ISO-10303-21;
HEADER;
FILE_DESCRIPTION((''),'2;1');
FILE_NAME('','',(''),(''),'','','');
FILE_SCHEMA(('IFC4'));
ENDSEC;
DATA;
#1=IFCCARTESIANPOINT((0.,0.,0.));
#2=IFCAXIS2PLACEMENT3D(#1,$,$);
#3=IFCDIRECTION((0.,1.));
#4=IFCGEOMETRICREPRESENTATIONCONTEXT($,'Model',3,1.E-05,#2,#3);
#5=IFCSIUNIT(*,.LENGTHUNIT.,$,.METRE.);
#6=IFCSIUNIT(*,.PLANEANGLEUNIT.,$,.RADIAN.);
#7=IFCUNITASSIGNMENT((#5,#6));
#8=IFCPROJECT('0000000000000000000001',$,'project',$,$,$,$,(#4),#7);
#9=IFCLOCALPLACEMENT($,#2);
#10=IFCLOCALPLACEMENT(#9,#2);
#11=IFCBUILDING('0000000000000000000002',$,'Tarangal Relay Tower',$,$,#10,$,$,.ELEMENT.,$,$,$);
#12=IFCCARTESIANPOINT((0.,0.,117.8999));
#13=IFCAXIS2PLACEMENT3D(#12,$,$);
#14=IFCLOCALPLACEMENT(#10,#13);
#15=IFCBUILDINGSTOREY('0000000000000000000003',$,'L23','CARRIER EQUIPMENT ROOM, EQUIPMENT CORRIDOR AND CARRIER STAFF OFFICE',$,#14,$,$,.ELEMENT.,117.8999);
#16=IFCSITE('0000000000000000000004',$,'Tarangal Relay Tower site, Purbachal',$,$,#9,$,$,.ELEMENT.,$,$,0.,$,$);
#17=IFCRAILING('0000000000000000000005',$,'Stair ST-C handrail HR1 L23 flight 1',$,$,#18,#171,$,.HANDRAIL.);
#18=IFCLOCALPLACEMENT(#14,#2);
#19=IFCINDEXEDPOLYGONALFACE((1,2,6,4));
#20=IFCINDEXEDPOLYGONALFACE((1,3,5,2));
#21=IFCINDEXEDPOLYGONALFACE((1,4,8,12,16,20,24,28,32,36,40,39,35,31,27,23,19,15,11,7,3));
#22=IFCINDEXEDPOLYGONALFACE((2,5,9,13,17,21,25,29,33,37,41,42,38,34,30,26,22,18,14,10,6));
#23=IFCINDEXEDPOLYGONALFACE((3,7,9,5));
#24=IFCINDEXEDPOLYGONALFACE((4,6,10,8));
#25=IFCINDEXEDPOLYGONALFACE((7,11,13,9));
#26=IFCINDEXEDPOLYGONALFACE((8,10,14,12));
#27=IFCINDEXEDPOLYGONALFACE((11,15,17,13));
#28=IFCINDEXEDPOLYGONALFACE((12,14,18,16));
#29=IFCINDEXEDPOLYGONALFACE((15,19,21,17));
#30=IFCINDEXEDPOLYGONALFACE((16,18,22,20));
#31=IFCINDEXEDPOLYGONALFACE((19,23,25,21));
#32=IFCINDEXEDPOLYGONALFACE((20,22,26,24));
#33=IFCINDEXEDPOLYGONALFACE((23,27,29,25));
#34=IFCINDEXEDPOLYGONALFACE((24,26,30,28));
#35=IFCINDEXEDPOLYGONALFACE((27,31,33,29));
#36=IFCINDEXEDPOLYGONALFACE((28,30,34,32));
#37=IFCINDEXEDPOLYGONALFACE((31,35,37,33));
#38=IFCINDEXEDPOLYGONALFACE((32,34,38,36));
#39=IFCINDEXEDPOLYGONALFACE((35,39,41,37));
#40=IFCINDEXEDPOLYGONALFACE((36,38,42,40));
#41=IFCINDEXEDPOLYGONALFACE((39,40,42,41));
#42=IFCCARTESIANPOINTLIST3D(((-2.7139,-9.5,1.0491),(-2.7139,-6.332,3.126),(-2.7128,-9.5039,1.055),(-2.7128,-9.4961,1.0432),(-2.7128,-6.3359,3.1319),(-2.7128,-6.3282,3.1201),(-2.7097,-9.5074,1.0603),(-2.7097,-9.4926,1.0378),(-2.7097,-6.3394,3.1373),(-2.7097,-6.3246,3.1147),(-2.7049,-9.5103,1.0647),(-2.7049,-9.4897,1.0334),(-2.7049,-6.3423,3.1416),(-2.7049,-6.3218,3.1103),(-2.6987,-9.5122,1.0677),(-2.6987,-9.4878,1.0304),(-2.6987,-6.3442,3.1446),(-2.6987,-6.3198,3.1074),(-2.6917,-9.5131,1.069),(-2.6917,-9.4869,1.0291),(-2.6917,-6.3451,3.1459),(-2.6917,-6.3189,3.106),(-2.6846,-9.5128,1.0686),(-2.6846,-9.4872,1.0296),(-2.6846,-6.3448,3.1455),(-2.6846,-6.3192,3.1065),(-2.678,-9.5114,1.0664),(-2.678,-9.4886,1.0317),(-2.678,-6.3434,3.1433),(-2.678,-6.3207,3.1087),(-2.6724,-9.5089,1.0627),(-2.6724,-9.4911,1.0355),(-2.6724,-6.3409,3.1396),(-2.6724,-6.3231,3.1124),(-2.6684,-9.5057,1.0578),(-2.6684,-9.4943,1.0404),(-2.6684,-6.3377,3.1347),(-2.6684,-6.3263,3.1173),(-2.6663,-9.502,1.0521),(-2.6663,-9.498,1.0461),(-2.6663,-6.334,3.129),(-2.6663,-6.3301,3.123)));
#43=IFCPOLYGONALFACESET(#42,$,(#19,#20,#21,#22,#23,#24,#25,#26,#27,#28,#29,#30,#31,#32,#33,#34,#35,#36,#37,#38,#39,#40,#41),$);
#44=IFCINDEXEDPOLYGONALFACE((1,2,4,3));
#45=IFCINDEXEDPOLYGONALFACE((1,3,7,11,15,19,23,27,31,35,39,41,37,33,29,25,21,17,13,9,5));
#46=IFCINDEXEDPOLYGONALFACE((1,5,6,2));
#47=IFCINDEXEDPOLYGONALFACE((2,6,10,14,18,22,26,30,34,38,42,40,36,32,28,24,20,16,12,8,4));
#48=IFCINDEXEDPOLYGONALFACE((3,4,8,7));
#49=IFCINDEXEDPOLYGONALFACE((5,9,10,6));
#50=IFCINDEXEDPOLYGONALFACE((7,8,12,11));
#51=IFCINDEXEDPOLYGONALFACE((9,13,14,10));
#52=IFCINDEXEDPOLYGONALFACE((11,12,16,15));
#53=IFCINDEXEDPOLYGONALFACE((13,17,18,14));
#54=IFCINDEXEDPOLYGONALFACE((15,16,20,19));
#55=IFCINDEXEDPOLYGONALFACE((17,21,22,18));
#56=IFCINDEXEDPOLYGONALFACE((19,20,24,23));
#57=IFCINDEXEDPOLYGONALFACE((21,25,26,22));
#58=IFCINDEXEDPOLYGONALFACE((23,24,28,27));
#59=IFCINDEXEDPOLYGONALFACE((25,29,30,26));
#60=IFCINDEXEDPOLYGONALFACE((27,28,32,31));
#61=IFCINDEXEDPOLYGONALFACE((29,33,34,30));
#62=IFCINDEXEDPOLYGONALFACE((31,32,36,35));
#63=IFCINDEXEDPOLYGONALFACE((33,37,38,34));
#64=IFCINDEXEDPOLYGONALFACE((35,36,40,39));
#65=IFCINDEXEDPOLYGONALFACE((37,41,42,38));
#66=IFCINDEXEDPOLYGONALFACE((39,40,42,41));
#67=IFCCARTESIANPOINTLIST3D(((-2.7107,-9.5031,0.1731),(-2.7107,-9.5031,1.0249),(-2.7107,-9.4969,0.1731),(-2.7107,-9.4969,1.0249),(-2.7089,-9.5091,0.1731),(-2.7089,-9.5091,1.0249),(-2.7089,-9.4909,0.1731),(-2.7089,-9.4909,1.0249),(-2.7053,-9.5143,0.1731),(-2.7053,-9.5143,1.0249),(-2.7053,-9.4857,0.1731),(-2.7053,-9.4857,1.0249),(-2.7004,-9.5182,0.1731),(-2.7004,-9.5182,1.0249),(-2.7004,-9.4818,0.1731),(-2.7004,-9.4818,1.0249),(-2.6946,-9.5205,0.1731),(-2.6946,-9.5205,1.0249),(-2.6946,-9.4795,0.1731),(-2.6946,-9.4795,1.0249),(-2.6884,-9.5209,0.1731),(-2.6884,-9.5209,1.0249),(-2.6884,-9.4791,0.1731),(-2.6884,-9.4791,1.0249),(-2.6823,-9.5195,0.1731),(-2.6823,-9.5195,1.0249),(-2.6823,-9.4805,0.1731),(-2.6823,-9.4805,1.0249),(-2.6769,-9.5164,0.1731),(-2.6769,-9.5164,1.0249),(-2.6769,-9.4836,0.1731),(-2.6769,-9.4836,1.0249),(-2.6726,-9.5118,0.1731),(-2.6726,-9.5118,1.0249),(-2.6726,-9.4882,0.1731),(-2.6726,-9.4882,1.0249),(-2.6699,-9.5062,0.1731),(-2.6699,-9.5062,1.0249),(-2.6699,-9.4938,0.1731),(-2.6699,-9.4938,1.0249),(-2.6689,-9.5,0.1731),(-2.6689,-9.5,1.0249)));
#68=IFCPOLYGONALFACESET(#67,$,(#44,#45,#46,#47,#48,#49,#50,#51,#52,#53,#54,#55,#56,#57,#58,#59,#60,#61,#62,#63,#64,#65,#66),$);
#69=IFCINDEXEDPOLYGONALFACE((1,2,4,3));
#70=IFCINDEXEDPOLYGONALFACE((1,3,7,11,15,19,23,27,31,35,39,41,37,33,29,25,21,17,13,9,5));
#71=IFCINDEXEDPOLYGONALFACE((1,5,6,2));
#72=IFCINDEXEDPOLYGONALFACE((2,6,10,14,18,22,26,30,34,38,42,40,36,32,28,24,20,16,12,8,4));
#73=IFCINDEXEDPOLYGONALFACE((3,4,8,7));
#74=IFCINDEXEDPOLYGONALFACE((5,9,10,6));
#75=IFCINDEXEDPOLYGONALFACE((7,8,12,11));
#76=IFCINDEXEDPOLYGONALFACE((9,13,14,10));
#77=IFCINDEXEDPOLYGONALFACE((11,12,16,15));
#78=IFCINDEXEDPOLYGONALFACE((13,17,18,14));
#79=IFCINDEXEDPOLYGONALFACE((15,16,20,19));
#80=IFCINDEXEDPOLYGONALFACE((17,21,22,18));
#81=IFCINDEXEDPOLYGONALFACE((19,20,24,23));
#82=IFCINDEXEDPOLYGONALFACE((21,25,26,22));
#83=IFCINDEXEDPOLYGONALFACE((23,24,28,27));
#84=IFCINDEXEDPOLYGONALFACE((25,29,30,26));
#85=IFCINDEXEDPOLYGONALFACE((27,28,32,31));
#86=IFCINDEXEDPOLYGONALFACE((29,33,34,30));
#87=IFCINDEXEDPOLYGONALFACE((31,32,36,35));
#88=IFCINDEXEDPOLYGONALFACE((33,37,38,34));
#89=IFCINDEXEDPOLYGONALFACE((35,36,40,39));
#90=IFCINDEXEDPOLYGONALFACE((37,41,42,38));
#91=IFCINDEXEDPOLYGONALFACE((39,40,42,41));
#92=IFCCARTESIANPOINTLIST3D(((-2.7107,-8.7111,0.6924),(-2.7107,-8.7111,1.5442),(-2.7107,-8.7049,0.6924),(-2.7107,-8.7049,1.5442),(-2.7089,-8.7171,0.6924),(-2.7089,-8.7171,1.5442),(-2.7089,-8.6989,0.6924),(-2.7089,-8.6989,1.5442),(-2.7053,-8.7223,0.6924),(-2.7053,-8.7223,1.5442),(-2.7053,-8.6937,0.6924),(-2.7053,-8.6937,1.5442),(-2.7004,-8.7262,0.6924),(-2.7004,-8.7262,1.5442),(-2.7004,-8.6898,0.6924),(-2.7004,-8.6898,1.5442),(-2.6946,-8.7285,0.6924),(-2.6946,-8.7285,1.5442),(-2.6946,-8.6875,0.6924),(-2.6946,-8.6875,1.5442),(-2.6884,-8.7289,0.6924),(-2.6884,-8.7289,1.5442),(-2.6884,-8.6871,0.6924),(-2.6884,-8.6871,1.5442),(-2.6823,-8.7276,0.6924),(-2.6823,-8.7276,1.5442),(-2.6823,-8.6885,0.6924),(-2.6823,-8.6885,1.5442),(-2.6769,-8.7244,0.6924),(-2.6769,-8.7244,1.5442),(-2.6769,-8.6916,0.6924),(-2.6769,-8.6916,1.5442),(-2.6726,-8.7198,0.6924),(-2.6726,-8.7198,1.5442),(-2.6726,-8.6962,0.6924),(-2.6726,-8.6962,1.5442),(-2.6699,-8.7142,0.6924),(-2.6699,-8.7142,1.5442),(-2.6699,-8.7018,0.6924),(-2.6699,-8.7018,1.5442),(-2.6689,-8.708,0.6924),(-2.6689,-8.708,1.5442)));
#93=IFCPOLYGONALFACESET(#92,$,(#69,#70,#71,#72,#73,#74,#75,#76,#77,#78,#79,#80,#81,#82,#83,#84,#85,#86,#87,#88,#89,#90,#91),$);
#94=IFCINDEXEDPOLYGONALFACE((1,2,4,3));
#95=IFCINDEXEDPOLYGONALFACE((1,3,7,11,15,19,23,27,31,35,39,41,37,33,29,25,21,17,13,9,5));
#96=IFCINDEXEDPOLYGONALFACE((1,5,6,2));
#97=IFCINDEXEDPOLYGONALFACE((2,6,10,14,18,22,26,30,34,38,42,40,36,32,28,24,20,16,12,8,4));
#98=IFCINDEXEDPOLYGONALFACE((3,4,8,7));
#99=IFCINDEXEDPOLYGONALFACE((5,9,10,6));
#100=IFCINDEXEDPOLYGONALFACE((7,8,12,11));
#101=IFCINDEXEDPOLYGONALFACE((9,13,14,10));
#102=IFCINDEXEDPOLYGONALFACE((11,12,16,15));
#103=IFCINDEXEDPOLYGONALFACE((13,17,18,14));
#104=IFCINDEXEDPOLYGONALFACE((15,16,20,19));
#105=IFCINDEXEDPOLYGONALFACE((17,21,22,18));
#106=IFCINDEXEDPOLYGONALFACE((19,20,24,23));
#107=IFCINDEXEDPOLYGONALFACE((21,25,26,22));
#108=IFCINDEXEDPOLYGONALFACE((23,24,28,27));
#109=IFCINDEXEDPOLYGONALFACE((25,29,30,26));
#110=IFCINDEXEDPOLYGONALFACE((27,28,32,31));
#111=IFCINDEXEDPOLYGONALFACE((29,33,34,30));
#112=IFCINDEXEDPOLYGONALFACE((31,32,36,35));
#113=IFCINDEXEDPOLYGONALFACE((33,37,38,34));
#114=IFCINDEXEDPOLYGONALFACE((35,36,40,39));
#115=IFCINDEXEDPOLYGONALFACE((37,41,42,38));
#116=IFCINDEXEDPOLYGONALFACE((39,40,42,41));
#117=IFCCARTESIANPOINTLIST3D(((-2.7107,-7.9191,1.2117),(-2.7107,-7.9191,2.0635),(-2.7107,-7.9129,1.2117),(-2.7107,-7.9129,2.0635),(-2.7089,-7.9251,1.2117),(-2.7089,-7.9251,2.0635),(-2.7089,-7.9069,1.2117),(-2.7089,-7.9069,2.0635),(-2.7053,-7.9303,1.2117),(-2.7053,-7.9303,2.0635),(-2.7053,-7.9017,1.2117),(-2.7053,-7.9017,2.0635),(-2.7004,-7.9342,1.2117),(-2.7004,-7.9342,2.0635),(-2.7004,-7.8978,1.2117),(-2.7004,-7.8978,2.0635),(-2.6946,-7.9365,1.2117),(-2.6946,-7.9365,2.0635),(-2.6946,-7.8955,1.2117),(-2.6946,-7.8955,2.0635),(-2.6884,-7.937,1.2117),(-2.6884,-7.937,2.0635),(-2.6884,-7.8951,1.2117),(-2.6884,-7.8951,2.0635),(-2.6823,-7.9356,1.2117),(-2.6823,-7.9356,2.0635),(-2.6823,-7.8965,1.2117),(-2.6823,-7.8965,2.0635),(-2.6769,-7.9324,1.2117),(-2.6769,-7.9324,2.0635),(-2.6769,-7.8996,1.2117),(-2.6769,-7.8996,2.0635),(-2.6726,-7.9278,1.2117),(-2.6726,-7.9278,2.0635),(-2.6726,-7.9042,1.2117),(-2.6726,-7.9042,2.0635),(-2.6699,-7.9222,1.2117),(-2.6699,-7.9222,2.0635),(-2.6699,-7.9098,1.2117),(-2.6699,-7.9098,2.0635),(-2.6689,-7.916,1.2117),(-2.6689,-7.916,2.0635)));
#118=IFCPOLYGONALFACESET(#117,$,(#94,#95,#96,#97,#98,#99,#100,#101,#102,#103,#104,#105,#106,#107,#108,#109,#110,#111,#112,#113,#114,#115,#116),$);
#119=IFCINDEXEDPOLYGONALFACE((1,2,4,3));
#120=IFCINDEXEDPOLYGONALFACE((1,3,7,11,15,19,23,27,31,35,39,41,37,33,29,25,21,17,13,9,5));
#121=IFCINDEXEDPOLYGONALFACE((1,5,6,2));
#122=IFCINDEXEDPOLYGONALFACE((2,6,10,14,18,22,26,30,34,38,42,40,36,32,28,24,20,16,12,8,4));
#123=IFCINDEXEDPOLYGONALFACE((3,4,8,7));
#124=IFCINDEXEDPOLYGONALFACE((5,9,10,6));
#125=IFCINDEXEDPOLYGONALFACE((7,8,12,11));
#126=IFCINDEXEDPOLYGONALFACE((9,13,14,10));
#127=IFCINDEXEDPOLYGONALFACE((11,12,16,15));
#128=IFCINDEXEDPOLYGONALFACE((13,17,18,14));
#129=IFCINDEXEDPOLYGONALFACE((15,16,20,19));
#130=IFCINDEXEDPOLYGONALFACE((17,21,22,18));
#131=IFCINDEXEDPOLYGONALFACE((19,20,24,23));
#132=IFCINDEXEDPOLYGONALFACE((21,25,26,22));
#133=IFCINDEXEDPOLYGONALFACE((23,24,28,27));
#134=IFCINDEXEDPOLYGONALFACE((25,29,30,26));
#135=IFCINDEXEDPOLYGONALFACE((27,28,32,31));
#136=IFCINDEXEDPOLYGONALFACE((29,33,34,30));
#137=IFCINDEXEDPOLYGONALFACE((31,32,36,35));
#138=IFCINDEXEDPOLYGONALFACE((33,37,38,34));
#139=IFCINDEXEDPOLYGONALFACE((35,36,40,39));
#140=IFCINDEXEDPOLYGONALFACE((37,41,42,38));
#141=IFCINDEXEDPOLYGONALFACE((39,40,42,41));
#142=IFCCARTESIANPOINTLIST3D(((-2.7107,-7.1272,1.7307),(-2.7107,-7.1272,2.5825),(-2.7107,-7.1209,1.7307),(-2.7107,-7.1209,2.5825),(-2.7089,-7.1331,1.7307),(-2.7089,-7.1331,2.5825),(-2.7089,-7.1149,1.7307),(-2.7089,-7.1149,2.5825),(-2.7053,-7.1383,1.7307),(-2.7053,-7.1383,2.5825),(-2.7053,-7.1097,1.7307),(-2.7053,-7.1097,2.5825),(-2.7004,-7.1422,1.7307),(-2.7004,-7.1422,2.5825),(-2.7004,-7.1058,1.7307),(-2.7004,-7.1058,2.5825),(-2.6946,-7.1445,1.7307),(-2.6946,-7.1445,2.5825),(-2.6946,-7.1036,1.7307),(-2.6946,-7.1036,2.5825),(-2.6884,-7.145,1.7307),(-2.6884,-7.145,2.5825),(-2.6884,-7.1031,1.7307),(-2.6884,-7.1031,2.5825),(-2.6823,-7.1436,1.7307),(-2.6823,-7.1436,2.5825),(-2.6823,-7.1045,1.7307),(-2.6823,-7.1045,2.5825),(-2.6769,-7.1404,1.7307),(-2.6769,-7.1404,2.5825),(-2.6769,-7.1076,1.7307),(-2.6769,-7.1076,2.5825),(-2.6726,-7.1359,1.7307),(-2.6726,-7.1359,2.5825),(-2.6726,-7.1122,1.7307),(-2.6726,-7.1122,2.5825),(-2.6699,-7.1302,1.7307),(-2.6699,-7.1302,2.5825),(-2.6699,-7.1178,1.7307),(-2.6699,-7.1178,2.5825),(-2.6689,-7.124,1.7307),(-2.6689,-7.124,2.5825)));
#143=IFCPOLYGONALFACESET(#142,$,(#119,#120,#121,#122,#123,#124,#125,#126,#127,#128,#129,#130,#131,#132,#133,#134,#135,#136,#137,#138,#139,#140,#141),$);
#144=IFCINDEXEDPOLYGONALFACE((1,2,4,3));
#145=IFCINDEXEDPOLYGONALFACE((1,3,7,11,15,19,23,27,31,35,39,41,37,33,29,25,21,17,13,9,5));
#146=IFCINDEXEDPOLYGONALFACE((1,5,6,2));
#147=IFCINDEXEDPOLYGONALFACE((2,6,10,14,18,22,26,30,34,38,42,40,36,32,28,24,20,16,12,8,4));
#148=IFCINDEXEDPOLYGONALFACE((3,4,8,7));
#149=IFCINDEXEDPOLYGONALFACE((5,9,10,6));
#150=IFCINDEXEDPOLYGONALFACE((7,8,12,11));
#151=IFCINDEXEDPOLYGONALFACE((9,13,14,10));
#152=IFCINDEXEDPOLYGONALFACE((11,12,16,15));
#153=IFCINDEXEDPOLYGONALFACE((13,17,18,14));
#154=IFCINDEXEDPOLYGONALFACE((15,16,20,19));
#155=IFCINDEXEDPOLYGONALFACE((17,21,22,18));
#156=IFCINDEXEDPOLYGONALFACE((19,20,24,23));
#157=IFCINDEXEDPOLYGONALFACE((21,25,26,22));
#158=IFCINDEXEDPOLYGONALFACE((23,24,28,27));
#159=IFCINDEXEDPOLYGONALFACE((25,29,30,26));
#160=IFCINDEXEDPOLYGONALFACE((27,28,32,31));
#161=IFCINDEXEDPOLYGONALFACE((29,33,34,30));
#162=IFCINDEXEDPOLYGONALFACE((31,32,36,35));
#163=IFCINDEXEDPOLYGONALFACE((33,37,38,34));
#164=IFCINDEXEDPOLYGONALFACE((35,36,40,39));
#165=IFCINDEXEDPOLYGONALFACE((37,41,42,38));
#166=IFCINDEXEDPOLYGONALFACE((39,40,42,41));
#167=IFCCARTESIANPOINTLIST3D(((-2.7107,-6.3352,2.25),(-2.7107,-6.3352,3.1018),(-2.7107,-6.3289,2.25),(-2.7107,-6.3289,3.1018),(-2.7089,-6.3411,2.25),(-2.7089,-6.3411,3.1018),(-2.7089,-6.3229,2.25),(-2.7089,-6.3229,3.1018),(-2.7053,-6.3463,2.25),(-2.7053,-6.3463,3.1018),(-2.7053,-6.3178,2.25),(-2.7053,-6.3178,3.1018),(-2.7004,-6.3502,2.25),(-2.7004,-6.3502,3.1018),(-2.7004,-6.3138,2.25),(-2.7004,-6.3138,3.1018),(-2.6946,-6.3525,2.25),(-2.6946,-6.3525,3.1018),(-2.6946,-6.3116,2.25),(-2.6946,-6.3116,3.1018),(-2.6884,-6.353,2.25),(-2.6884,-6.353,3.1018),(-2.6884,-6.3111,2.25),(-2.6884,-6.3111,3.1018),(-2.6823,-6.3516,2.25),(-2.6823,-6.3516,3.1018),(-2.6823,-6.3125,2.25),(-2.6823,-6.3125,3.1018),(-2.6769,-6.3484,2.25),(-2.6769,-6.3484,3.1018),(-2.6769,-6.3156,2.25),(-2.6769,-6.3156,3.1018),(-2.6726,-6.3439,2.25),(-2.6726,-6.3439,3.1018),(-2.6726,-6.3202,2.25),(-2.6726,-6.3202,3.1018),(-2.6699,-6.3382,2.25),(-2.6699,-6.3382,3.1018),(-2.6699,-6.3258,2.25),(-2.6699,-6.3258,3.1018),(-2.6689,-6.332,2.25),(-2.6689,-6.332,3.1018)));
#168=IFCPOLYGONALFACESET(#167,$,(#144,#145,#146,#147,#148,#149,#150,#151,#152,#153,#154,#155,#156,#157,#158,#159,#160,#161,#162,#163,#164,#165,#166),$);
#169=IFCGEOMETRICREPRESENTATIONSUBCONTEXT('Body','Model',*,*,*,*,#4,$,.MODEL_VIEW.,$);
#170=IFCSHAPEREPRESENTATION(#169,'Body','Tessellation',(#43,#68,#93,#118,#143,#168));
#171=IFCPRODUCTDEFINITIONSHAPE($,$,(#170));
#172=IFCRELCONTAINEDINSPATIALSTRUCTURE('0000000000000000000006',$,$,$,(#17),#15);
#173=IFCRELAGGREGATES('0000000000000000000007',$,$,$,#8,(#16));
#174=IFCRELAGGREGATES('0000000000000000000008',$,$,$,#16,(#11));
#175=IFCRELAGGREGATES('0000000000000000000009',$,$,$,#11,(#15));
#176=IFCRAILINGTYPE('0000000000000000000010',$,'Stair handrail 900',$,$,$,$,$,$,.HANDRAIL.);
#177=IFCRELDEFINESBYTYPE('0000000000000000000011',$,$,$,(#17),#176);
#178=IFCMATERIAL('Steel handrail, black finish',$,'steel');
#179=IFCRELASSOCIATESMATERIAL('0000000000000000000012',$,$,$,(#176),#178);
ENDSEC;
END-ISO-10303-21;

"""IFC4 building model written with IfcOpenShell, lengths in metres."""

from ifc_helpers import new_model, si_unit, direction, frame, origin, origin_2d, place, context, subcontext, project, spatial, circle, extrude, material, type_object, element, save


model = new_model("IFC4")

# Units and contexts
model_context = context("Model", 3, precision=1e-05, world=origin(), true_north=direction((0.0, 1.0)))
body_context = subcontext(model_context, "Body", "Model", "MODEL_VIEW")
ifc_project = project(units=[si_unit("LENGTHUNIT", "METRE"), si_unit("PLANEANGLEUNIT", "RADIAN")], contexts=[model_context])

# Site, building, storey
site_placement = place(None, origin())
site = spatial("IfcSite", under=ifc_project, at=site_placement, Name="Tarangal Relay Tower site, Purbachal", CompositionType="ELEMENT", RefElevation=0.0)
building_placement = place(site_placement, origin())
building = spatial("IfcBuilding", under=site, at=building_placement, Name="Tarangal Relay Tower", CompositionType="ELEMENT")
storey_placement = place(building_placement, frame((0.0, 0.0, 117.8999)))
storey = spatial("IfcBuildingStorey", under=building, at=storey_placement, Name="L23", Description="CARRIER EQUIPMENT ROOM, EQUIPMENT CORRIDOR AND CARRIER STAFF OFFICE", CompositionType="ELEMENT", Elevation=117.8999)

# Railing
ifc_material_1 = material(Name="Steel handrail, black finish", Category="steel")
railing_type_1 = type_object("IfcRailingType", Name="Stair handrail 900", PredefinedType="HANDRAIL", material=ifc_material_1)
railing_1_placement = place(storey_placement, frame((-2.6899, -9.5, 0.1731)))
element("IfcRailing", 1, at=railing_1_placement, inside=storey, type_object=railing_type_1, Name="Stair ST-C handrail HR1 L23 flight 1", PredefinedType="HANDRAIL", context=body_context, shape_type="SweptSolid", body=[
    extrude(circle(Radius=0.0239, at=origin_2d()), frame((0.0, 0.0, 0.876), z_axis=(0.0, 0.836299, 0.548273), x_axis=(-1.0, 0.0, 0.0)), (0.0, 0.0, 1.0), 3.7881),
    extrude(circle(Radius=0.021, at=origin_2d()), origin(), (0.0, 0.0, 1.0), 0.8518),
    extrude(circle(Radius=0.021, at=origin_2d()), frame((0.0, 0.792, 0.5193)), (0.0, 0.0, 1.0), 0.8518),
    extrude(circle(Radius=0.021, at=origin_2d()), frame((0.0, 1.584, 1.0386)), (0.0, 0.0, 1.0), 0.8518),
    extrude(circle(Radius=0.021, at=origin_2d()), frame((0.0, 2.376, 1.5576)), (0.0, 0.0, 1.0), 0.8518),
    extrude(circle(Radius=0.021, at=origin_2d()), frame((0.0, 3.168, 2.0769)), (0.0, 0.0, 1.0), 0.8518),
])

save(model, "model.ifc")
